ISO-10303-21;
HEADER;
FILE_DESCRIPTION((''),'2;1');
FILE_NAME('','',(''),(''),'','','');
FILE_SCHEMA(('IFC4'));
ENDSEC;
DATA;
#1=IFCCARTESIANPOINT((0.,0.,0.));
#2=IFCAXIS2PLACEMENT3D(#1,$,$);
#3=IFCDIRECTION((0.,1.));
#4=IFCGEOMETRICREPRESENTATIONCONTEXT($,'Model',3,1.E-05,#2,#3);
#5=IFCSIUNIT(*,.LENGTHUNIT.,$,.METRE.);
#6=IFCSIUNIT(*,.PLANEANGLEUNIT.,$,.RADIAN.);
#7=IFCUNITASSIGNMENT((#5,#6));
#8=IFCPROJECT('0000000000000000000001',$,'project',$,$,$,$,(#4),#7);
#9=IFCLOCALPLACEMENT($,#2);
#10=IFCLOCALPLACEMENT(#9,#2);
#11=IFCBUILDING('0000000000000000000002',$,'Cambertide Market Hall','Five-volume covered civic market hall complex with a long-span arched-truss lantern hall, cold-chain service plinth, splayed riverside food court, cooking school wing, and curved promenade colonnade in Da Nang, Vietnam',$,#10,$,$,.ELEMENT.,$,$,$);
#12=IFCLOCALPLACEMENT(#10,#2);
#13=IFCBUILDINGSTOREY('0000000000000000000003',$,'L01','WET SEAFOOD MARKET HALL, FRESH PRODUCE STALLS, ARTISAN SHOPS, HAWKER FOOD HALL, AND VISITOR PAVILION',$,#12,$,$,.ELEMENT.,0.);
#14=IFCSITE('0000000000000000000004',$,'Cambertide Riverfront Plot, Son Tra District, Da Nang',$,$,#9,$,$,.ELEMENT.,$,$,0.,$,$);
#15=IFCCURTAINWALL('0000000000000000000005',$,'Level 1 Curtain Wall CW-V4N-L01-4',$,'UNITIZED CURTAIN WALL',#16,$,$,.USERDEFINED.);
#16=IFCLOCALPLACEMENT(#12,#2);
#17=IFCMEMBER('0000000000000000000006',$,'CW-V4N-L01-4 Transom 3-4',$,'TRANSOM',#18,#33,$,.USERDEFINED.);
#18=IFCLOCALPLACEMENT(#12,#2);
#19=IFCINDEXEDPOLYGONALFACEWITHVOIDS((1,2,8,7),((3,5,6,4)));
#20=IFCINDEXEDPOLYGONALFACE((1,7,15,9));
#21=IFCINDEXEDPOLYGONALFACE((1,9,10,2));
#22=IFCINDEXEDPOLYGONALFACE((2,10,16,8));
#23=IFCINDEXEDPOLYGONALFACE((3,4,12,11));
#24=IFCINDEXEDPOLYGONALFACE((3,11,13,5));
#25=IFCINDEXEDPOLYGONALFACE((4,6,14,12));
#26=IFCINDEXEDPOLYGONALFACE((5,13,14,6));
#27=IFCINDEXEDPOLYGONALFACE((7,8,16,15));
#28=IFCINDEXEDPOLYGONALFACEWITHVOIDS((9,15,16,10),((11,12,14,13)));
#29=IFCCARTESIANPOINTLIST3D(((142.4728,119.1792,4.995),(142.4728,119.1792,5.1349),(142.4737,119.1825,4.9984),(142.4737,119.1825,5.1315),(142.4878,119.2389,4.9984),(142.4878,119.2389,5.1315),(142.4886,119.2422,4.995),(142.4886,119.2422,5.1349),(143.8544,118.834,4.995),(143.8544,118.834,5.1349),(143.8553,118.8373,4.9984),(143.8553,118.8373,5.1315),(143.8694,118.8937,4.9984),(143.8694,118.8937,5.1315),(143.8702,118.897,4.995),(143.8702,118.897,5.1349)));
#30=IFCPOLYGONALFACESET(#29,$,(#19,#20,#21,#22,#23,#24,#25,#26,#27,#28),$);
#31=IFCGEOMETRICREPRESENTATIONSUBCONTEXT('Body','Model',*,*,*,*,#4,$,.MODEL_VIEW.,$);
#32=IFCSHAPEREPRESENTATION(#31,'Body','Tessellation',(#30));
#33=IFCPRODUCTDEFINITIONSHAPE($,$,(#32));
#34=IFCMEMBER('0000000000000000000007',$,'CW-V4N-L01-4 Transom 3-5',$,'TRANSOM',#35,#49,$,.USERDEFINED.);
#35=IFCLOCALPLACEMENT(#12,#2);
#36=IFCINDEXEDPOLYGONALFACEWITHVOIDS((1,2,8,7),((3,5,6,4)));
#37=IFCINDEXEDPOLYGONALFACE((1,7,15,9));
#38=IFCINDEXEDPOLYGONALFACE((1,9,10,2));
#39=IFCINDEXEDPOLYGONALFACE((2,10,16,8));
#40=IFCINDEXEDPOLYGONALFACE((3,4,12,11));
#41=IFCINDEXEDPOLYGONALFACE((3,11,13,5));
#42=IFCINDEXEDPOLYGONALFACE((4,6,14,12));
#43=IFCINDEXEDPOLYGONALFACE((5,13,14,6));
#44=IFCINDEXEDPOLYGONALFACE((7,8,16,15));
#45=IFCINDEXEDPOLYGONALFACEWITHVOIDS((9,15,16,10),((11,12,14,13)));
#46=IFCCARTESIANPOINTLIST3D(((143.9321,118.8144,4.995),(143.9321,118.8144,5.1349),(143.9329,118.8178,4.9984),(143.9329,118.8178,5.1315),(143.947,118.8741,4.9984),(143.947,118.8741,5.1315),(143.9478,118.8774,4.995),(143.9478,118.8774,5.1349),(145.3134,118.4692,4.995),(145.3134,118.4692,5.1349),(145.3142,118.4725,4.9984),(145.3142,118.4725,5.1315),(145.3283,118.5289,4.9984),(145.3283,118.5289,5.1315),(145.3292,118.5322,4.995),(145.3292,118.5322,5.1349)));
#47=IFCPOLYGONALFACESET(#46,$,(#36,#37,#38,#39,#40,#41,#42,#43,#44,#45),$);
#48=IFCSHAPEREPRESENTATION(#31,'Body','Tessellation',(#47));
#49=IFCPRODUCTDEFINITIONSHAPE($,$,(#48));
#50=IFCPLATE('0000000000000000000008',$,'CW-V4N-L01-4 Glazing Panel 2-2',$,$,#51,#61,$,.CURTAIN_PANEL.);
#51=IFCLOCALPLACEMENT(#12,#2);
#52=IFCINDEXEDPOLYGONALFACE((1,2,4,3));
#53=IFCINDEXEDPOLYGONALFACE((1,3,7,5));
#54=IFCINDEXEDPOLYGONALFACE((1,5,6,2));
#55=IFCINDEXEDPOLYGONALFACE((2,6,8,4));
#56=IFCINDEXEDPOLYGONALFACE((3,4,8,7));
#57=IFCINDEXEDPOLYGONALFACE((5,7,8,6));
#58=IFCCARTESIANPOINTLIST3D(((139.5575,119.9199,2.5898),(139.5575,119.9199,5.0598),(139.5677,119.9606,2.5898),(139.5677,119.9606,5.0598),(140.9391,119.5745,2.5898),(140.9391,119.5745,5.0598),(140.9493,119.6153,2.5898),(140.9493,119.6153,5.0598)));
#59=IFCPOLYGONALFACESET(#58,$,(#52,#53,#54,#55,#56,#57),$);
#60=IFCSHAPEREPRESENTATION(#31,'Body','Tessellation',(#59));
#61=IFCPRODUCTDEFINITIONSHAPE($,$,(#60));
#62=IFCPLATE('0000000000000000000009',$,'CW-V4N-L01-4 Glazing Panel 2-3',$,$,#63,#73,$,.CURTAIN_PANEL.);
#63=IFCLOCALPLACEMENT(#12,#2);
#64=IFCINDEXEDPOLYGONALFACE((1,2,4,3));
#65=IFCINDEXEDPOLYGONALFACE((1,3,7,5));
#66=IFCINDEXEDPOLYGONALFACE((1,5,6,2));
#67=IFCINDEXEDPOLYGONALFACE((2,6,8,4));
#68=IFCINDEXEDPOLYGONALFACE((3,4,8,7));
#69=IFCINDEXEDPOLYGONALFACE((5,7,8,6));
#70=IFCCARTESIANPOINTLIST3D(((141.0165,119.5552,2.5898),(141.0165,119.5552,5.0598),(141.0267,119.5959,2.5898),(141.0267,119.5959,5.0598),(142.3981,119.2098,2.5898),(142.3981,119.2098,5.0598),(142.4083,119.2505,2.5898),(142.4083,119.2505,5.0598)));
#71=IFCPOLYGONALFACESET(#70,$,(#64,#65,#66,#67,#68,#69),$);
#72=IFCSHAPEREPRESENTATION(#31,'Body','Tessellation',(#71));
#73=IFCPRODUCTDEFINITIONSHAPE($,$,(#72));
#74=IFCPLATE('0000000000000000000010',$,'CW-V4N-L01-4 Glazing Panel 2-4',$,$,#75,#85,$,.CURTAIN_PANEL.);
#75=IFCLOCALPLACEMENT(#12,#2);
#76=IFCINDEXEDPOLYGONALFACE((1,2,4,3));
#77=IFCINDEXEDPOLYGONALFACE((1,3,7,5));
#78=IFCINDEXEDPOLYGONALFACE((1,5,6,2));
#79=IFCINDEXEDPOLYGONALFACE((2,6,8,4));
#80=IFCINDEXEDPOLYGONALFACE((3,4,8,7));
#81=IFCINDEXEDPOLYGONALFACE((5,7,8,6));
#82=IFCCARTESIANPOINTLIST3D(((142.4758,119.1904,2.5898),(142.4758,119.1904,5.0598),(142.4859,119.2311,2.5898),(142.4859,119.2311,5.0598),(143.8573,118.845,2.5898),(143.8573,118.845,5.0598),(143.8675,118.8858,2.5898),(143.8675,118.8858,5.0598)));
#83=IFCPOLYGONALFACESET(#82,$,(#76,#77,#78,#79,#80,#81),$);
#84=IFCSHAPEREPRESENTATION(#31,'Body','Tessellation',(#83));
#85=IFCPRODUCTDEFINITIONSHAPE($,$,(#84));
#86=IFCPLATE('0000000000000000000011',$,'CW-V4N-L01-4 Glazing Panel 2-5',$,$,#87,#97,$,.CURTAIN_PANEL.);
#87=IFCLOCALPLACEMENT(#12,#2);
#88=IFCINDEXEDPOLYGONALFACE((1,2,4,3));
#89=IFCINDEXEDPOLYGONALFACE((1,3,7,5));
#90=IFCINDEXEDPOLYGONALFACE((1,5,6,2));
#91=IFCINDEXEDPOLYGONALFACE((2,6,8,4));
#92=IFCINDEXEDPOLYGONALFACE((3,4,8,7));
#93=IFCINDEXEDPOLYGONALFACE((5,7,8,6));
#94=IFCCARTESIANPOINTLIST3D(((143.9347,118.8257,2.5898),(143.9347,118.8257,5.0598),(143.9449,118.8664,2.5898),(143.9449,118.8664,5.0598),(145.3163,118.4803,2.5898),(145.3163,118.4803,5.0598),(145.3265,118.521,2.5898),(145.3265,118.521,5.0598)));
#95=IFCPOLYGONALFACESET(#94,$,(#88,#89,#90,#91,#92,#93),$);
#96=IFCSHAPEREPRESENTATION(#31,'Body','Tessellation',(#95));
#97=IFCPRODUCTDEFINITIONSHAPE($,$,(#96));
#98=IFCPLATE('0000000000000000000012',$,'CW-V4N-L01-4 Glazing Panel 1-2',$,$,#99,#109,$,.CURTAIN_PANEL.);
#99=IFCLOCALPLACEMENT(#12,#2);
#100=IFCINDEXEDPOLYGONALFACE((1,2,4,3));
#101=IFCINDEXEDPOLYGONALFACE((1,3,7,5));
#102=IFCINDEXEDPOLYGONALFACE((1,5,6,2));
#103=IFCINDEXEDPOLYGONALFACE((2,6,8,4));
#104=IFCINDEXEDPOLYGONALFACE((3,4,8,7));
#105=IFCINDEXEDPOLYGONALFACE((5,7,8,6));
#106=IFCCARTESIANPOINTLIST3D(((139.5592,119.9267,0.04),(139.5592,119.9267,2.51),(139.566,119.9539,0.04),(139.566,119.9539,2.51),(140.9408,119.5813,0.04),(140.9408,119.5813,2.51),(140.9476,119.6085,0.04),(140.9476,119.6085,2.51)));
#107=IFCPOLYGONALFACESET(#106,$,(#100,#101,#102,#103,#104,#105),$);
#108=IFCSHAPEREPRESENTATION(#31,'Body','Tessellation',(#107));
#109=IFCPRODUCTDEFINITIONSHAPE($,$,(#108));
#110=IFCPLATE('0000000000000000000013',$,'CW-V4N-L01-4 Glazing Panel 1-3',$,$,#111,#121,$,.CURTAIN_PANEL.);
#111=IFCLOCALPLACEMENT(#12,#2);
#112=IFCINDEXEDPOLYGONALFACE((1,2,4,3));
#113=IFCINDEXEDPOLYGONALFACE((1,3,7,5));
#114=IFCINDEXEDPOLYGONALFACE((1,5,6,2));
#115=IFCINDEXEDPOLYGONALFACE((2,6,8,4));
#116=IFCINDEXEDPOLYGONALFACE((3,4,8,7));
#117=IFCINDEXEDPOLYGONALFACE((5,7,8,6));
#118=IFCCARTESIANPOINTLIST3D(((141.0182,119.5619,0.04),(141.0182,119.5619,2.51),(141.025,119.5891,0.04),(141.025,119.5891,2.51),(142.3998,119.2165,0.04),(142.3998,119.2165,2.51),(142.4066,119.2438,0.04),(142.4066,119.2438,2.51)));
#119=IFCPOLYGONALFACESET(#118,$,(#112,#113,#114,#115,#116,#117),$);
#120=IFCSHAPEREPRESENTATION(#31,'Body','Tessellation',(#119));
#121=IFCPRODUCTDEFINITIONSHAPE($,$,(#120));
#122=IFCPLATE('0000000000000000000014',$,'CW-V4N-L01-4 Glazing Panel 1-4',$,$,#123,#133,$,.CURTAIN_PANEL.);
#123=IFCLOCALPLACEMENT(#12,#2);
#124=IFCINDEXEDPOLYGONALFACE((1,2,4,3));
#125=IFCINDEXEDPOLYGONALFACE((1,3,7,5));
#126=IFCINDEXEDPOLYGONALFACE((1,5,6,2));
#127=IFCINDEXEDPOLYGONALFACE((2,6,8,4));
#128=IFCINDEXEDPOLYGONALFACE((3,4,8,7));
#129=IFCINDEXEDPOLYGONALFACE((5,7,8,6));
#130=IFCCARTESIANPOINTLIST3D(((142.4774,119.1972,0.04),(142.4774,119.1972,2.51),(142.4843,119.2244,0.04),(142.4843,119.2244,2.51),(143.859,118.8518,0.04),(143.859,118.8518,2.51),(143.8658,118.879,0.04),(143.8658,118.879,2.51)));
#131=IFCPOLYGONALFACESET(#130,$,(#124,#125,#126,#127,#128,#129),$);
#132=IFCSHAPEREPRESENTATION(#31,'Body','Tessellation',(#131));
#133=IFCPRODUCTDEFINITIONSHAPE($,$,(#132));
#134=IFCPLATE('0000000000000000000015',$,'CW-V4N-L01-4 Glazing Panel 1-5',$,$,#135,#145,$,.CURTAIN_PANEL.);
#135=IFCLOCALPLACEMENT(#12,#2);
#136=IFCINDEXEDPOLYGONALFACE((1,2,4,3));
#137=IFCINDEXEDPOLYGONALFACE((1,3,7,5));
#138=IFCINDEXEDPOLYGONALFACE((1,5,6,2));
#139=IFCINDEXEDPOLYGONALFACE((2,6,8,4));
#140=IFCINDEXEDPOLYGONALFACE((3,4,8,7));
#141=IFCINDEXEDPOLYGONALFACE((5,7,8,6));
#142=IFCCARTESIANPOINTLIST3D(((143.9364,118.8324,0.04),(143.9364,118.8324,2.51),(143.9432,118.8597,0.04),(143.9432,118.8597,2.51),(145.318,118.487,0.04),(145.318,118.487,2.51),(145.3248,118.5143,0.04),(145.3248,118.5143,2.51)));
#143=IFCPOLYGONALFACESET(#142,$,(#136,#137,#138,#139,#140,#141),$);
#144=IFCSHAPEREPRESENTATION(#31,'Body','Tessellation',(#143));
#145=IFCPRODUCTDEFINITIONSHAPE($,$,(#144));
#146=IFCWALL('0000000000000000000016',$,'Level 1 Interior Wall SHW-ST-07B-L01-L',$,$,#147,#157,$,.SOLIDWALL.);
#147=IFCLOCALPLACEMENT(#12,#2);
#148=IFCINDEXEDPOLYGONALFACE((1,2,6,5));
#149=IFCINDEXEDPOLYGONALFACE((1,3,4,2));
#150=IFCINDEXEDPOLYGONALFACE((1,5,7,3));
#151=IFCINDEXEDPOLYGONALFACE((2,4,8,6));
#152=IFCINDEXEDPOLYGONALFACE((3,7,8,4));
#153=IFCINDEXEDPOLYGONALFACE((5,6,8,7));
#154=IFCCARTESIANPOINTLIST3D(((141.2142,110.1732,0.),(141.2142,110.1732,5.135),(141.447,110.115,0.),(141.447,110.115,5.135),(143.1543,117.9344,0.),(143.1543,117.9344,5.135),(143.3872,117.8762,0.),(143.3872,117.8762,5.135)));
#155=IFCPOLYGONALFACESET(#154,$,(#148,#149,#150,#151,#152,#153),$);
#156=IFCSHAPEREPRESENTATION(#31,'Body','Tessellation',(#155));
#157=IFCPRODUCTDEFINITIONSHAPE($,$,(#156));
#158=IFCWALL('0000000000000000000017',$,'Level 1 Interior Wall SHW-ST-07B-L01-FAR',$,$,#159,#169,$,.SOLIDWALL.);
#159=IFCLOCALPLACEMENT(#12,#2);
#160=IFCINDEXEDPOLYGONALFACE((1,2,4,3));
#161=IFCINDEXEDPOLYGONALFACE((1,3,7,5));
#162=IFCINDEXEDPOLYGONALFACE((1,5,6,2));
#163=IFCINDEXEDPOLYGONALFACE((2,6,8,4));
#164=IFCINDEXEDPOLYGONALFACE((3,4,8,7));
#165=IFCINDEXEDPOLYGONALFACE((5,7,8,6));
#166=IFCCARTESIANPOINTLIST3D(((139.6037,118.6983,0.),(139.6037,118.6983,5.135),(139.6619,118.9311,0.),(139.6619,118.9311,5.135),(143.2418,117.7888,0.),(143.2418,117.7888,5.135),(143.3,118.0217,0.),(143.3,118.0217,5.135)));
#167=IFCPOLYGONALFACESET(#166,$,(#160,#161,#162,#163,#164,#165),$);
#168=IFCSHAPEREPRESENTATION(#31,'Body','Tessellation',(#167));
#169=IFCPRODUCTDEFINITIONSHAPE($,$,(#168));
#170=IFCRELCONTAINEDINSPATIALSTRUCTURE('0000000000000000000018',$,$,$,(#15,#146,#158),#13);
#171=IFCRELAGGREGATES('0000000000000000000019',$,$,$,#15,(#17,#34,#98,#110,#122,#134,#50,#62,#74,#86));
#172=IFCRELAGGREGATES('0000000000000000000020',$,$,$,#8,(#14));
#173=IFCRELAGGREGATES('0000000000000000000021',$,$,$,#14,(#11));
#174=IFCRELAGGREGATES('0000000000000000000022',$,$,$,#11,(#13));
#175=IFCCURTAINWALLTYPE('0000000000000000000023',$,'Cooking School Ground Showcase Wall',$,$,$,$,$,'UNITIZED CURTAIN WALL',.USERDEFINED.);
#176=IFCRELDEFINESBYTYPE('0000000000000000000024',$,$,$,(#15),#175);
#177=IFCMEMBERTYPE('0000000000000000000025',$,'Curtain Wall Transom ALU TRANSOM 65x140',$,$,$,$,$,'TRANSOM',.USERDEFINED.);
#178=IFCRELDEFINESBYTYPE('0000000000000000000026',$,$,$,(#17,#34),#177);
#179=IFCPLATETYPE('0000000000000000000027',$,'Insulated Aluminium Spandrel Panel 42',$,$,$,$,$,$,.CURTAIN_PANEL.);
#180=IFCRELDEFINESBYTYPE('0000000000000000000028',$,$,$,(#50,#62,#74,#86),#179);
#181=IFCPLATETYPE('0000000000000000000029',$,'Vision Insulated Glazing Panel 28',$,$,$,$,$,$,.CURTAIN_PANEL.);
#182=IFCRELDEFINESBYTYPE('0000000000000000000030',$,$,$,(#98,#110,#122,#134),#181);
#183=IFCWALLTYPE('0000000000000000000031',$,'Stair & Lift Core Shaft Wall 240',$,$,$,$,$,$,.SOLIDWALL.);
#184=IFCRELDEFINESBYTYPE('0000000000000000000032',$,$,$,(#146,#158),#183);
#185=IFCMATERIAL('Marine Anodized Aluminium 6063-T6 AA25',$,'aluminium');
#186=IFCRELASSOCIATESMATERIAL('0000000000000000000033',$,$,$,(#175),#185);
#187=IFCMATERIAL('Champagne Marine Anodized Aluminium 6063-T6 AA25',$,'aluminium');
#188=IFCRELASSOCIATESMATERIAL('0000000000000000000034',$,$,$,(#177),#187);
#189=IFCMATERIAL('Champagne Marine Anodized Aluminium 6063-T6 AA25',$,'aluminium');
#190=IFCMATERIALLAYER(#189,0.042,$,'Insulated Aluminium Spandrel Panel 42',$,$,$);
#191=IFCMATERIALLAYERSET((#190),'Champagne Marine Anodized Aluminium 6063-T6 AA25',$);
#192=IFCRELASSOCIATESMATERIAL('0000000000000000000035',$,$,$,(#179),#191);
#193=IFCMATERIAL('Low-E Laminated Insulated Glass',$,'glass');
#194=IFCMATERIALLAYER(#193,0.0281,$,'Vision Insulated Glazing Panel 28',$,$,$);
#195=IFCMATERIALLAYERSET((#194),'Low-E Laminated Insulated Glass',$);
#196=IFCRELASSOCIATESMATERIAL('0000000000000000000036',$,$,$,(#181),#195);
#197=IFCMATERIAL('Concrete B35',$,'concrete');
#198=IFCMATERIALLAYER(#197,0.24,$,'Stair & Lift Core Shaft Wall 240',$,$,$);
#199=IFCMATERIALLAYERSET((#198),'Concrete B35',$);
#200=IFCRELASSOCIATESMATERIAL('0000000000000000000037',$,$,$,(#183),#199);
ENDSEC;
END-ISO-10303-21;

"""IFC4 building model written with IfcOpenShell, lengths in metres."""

from ifc_helpers import new_model, si_unit, direction, frame, frame_2d, origin, origin_2d, place, context, subcontext, project, spatial, rectangle, hollow_rectangle, extrude, material, layer, layer_set, material_profile, profile_set, type_object, element, aggregate, save


model = new_model("IFC4")

# Units and contexts
model_context = context("Model", 3, precision=1e-05, world=origin(), true_north=direction((0.0, 1.0)))
body_context = subcontext(model_context, "Body", "Model", "MODEL_VIEW")
ifc_project = project(units=[si_unit("LENGTHUNIT", "METRE"), si_unit("PLANEANGLEUNIT", "RADIAN")], contexts=[model_context])

# Site, building, storey
site_placement = place(None, origin())
site = spatial("IfcSite", under=ifc_project, at=site_placement, Name="Cambertide Riverfront Plot, Son Tra District, Da Nang", CompositionType="ELEMENT", RefElevation=0.0)
building_placement = place(site_placement, origin())
building = spatial("IfcBuilding", under=site, at=building_placement, Name="Cambertide Market Hall", Description="Five-volume covered civic market hall complex with a long-span arched-truss lantern hall, cold-chain service plinth, splayed riverside food court, cooking school wing, and curved promenade colonnade in Da Nang, Vietnam", CompositionType="ELEMENT")
storey_placement = place(building_placement, origin())
storey = spatial("IfcBuildingStorey", under=building, at=storey_placement, Name="L01", Description="WET SEAFOOD MARKET HALL, FRESH PRODUCE STALLS, ARTISAN SHOPS, HAWKER FOOD HALL, AND VISITOR PAVILION", CompositionType="ELEMENT", Elevation=0.0)

# Curtain wall, members, plates
ifc_material_1 = material(Name="Marine Anodized Aluminium 6063-T6 AA25", Category="aluminium")
curtain_wall_type = type_object("IfcCurtainWallType", Name="Cooking School Ground Showcase Wall", ElementType="UNITIZED CURTAIN WALL", PredefinedType="USERDEFINED", material=ifc_material_1)
curtain_wall_placement = place(storey_placement, origin())
curtain_wall = element("IfcCurtainWall", 1, at=curtain_wall_placement, inside=storey, type_object=curtain_wall_type, Name="Level 1 Curtain Wall CW-V4N-L01-4", ObjectType="UNITIZED CURTAIN WALL", PredefinedType="USERDEFINED")
ifc_material_2 = material(Name="Champagne Marine Anodized Aluminium 6063-T6 AA25", Category="aluminium")
ifc_material_profile_1 = material_profile(ifc_material_2, hollow_rectangle(XDim=0.0649, YDim=0.1399, WallThickness=0.0034, at=origin_2d()), Name="ALU TRANSOM 65x140")
ifc_profile_set_1 = profile_set([ifc_material_profile_1], Name="Champagne Marine Anodized Aluminium 6063-T6 AA25")
member_type_1 = type_object("IfcMemberType", Name="Curtain Wall Transom ALU TRANSOM 65x140", ElementType="TRANSOM", PredefinedType="USERDEFINED", material=ifc_profile_set_1)
member_1_placement = place(storey_placement, frame((142.4807, 119.2107, 5.0649), z_axis=(0.970173, -0.242415, 0.0), x_axis=(0.242415, 0.970173, 0.0)))
member_1 = element("IfcMember", 2, at=member_1_placement, type_object=member_type_1, Name="CW-V4N-L01-4 Transom 3-4", ObjectType="TRANSOM", PredefinedType="USERDEFINED", context=body_context, shape_type="SweptSolid", body=[
    extrude(hollow_rectangle(XDim=0.0649, YDim=0.1399, WallThickness=0.0034, at=origin_2d()), origin(), (0.0, 0.0, 1.0), 1.4241),
])
member_2_placement = place(storey_placement, frame((143.9399, 118.8459, 5.0649), z_axis=(0.970163, -0.242455, 0.0), x_axis=(0.242455, 0.970163, 0.0)))
member_2 = element("IfcMember", 3, at=member_2_placement, type_object=member_type_1, Name="CW-V4N-L01-4 Transom 3-5", ObjectType="TRANSOM", PredefinedType="USERDEFINED", context=body_context, shape_type="SweptSolid", body=[
    extrude(hollow_rectangle(XDim=0.0649, YDim=0.1399, WallThickness=0.0034, at=origin_2d()), origin(), (0.0, 0.0, 1.0), 1.4238),
])
ifc_material_3 = material(Name="Champagne Marine Anodized Aluminium 6063-T6 AA25", Category="aluminium")
ifc_layer_1 = layer(ifc_material_3, 0.042, Name="Insulated Aluminium Spandrel Panel 42")
ifc_layer_set_1 = layer_set([ifc_layer_1], Name="Champagne Marine Anodized Aluminium 6063-T6 AA25")
plate_type_1 = type_object("IfcPlateType", Name="Insulated Aluminium Spandrel Panel 42", PredefinedType="CURTAIN_PANEL", material=ifc_layer_set_1)
plate_1_placement = place(storey_placement, frame((140.2534, 119.7676, 2.5898), z_axis=(0.0, 0.0, 1.0), x_axis=(0.970143, -0.242536, 0.0)))
plate_1 = element("IfcPlate", 4, at=plate_1_placement, type_object=plate_type_1, Name="CW-V4N-L01-4 Glazing Panel 2-2", PredefinedType="CURTAIN_PANEL", context=body_context, shape_type="SweptSolid", body=[
    extrude(rectangle(XDim=1.4241, YDim=0.042, at=origin_2d()), origin(), (0.0, 0.0, 1.0), 2.47),
])
plate_2_placement = place(storey_placement, frame((141.7124, 119.4028, 2.5898), z_axis=(0.0, 0.0, 1.0), x_axis=(0.970143, -0.242536, 0.0)))
plate_2 = element("IfcPlate", 5, at=plate_2_placement, type_object=plate_type_1, Name="CW-V4N-L01-4 Glazing Panel 2-3", PredefinedType="CURTAIN_PANEL", context=body_context, shape_type="SweptSolid", body=[
    extrude(rectangle(XDim=1.4241, YDim=0.042, at=origin_2d()), origin(), (0.0, 0.0, 1.0), 2.47),
])
plate_3_placement = place(storey_placement, frame((143.1716, 119.0381, 2.5898), z_axis=(0.0, 0.0, 1.0), x_axis=(0.970143, -0.242536, 0.0)))
plate_3 = element("IfcPlate", 6, at=plate_3_placement, type_object=plate_type_1, Name="CW-V4N-L01-4 Glazing Panel 2-4", PredefinedType="CURTAIN_PANEL", context=body_context, shape_type="SweptSolid", body=[
    extrude(rectangle(XDim=1.4241, YDim=0.042, at=origin_2d()), origin(), (0.0, 0.0, 1.0), 2.47),
])
plate_4_placement = place(storey_placement, frame((144.6306, 118.6733, 2.5898), z_axis=(0.0, 0.0, 1.0), x_axis=(0.970143, -0.242536, 0.0)))
plate_4 = element("IfcPlate", 7, at=plate_4_placement, type_object=plate_type_1, Name="CW-V4N-L01-4 Glazing Panel 2-5", PredefinedType="CURTAIN_PANEL", context=body_context, shape_type="SweptSolid", body=[
    extrude(rectangle(XDim=1.4241, YDim=0.042, at=origin_2d()), origin(), (0.0, 0.0, 1.0), 2.47),
])
ifc_material_4 = material(Name="Low-E Laminated Insulated Glass", Category="glass")
ifc_layer_2 = layer(ifc_material_4, 0.0281, Name="Vision Insulated Glazing Panel 28")
ifc_layer_set_2 = layer_set([ifc_layer_2], Name="Low-E Laminated Insulated Glass")
plate_type_2 = type_object("IfcPlateType", Name="Vision Insulated Glazing Panel 28", PredefinedType="CURTAIN_PANEL", material=ifc_layer_set_2)
plate_5_placement = place(storey_placement, frame((140.2534, 119.7676, 0.04), z_axis=(0.0, 0.0, 1.0), x_axis=(0.970143, -0.242536, 0.0)))
plate_5 = element("IfcPlate", 8, at=plate_5_placement, type_object=plate_type_2, Name="CW-V4N-L01-4 Glazing Panel 1-2", PredefinedType="CURTAIN_PANEL", context=body_context, shape_type="SweptSolid", body=[
    extrude(rectangle(XDim=1.4241, YDim=0.0281, at=origin_2d()), origin(), (0.0, 0.0, 1.0), 2.47),
])
plate_6_placement = place(storey_placement, frame((141.7124, 119.4028, 0.04), z_axis=(0.0, 0.0, 1.0), x_axis=(0.970143, -0.242536, 0.0)))
plate_6 = element("IfcPlate", 9, at=plate_6_placement, type_object=plate_type_2, Name="CW-V4N-L01-4 Glazing Panel 1-3", PredefinedType="CURTAIN_PANEL", context=body_context, shape_type="SweptSolid", body=[
    extrude(rectangle(XDim=1.4241, YDim=0.0281, at=origin_2d()), origin(), (0.0, 0.0, 1.0), 2.47),
])
plate_7_placement = place(storey_placement, frame((143.1716, 119.0381, 0.04), z_axis=(0.0, 0.0, 1.0), x_axis=(0.970143, -0.242536, 0.0)))
plate_7 = element("IfcPlate", 10, at=plate_7_placement, type_object=plate_type_2, Name="CW-V4N-L01-4 Glazing Panel 1-4", PredefinedType="CURTAIN_PANEL", context=body_context, shape_type="SweptSolid", body=[
    extrude(rectangle(XDim=1.4241, YDim=0.0281, at=origin_2d()), origin(), (0.0, 0.0, 1.0), 2.47),
])
plate_8_placement = place(storey_placement, frame((144.6306, 118.6733, 0.04), z_axis=(0.0, 0.0, 1.0), x_axis=(0.970143, -0.242536, 0.0)))
plate_8 = element("IfcPlate", 11, at=plate_8_placement, type_object=plate_type_2, Name="CW-V4N-L01-4 Glazing Panel 1-5", PredefinedType="CURTAIN_PANEL", context=body_context, shape_type="SweptSolid", body=[
    extrude(rectangle(XDim=1.4241, YDim=0.0281, at=origin_2d()), origin(), (0.0, 0.0, 1.0), 2.47),
])
aggregate(curtain_wall, [member_1, member_2, plate_5, plate_6, plate_7, plate_8, plate_1, plate_2, plate_3, plate_4])

# Walls
ifc_material_5 = material(Name="Concrete B35", Category="concrete")
ifc_layer_3 = layer(ifc_material_5, 0.24, Name="Stair & Lift Core Shaft Wall 240")
ifc_layer_set_3 = layer_set([ifc_layer_3], Name="Concrete B35")
wall_type = type_object("IfcWallType", Name="Stair & Lift Core Shaft Wall 240", PredefinedType="SOLIDWALL", material=ifc_layer_set_3)
wall_1_placement = place(storey_placement, frame((143.2708, 117.9053, 0.0), z_axis=(0.0, 0.0, 1.0), x_axis=(-0.242521, -0.970146, 0.0)))
element("IfcWall", 12, at=wall_1_placement, inside=storey, type_object=wall_type, Name="Level 1 Interior Wall SHW-ST-07B-L01-L", PredefinedType="SOLIDWALL", context=body_context, shape_type="SweptSolid", body=[
    extrude(rectangle(XDim=8.0, YDim=0.24, at=frame_2d((4.0, 0.0))), origin(), (0.0, 0.0, 1.0), 5.135),
])
wall_2_placement = place(storey_placement, frame((139.6328, 118.8147, 0.0), z_axis=(0.0, 0.0, 1.0), x_axis=(0.970146, -0.24252, 0.0)))
element("IfcWall", 13, at=wall_2_placement, inside=storey, type_object=wall_type, Name="Level 1 Interior Wall SHW-ST-07B-L01-FAR", PredefinedType="SOLIDWALL", context=body_context, shape_type="SweptSolid", body=[
    extrude(rectangle(XDim=3.75, YDim=0.24, at=frame_2d((1.875, 0.0))), origin(), (0.0, 0.0, 1.0), 5.135),
])

save(model, "model.ifc")
